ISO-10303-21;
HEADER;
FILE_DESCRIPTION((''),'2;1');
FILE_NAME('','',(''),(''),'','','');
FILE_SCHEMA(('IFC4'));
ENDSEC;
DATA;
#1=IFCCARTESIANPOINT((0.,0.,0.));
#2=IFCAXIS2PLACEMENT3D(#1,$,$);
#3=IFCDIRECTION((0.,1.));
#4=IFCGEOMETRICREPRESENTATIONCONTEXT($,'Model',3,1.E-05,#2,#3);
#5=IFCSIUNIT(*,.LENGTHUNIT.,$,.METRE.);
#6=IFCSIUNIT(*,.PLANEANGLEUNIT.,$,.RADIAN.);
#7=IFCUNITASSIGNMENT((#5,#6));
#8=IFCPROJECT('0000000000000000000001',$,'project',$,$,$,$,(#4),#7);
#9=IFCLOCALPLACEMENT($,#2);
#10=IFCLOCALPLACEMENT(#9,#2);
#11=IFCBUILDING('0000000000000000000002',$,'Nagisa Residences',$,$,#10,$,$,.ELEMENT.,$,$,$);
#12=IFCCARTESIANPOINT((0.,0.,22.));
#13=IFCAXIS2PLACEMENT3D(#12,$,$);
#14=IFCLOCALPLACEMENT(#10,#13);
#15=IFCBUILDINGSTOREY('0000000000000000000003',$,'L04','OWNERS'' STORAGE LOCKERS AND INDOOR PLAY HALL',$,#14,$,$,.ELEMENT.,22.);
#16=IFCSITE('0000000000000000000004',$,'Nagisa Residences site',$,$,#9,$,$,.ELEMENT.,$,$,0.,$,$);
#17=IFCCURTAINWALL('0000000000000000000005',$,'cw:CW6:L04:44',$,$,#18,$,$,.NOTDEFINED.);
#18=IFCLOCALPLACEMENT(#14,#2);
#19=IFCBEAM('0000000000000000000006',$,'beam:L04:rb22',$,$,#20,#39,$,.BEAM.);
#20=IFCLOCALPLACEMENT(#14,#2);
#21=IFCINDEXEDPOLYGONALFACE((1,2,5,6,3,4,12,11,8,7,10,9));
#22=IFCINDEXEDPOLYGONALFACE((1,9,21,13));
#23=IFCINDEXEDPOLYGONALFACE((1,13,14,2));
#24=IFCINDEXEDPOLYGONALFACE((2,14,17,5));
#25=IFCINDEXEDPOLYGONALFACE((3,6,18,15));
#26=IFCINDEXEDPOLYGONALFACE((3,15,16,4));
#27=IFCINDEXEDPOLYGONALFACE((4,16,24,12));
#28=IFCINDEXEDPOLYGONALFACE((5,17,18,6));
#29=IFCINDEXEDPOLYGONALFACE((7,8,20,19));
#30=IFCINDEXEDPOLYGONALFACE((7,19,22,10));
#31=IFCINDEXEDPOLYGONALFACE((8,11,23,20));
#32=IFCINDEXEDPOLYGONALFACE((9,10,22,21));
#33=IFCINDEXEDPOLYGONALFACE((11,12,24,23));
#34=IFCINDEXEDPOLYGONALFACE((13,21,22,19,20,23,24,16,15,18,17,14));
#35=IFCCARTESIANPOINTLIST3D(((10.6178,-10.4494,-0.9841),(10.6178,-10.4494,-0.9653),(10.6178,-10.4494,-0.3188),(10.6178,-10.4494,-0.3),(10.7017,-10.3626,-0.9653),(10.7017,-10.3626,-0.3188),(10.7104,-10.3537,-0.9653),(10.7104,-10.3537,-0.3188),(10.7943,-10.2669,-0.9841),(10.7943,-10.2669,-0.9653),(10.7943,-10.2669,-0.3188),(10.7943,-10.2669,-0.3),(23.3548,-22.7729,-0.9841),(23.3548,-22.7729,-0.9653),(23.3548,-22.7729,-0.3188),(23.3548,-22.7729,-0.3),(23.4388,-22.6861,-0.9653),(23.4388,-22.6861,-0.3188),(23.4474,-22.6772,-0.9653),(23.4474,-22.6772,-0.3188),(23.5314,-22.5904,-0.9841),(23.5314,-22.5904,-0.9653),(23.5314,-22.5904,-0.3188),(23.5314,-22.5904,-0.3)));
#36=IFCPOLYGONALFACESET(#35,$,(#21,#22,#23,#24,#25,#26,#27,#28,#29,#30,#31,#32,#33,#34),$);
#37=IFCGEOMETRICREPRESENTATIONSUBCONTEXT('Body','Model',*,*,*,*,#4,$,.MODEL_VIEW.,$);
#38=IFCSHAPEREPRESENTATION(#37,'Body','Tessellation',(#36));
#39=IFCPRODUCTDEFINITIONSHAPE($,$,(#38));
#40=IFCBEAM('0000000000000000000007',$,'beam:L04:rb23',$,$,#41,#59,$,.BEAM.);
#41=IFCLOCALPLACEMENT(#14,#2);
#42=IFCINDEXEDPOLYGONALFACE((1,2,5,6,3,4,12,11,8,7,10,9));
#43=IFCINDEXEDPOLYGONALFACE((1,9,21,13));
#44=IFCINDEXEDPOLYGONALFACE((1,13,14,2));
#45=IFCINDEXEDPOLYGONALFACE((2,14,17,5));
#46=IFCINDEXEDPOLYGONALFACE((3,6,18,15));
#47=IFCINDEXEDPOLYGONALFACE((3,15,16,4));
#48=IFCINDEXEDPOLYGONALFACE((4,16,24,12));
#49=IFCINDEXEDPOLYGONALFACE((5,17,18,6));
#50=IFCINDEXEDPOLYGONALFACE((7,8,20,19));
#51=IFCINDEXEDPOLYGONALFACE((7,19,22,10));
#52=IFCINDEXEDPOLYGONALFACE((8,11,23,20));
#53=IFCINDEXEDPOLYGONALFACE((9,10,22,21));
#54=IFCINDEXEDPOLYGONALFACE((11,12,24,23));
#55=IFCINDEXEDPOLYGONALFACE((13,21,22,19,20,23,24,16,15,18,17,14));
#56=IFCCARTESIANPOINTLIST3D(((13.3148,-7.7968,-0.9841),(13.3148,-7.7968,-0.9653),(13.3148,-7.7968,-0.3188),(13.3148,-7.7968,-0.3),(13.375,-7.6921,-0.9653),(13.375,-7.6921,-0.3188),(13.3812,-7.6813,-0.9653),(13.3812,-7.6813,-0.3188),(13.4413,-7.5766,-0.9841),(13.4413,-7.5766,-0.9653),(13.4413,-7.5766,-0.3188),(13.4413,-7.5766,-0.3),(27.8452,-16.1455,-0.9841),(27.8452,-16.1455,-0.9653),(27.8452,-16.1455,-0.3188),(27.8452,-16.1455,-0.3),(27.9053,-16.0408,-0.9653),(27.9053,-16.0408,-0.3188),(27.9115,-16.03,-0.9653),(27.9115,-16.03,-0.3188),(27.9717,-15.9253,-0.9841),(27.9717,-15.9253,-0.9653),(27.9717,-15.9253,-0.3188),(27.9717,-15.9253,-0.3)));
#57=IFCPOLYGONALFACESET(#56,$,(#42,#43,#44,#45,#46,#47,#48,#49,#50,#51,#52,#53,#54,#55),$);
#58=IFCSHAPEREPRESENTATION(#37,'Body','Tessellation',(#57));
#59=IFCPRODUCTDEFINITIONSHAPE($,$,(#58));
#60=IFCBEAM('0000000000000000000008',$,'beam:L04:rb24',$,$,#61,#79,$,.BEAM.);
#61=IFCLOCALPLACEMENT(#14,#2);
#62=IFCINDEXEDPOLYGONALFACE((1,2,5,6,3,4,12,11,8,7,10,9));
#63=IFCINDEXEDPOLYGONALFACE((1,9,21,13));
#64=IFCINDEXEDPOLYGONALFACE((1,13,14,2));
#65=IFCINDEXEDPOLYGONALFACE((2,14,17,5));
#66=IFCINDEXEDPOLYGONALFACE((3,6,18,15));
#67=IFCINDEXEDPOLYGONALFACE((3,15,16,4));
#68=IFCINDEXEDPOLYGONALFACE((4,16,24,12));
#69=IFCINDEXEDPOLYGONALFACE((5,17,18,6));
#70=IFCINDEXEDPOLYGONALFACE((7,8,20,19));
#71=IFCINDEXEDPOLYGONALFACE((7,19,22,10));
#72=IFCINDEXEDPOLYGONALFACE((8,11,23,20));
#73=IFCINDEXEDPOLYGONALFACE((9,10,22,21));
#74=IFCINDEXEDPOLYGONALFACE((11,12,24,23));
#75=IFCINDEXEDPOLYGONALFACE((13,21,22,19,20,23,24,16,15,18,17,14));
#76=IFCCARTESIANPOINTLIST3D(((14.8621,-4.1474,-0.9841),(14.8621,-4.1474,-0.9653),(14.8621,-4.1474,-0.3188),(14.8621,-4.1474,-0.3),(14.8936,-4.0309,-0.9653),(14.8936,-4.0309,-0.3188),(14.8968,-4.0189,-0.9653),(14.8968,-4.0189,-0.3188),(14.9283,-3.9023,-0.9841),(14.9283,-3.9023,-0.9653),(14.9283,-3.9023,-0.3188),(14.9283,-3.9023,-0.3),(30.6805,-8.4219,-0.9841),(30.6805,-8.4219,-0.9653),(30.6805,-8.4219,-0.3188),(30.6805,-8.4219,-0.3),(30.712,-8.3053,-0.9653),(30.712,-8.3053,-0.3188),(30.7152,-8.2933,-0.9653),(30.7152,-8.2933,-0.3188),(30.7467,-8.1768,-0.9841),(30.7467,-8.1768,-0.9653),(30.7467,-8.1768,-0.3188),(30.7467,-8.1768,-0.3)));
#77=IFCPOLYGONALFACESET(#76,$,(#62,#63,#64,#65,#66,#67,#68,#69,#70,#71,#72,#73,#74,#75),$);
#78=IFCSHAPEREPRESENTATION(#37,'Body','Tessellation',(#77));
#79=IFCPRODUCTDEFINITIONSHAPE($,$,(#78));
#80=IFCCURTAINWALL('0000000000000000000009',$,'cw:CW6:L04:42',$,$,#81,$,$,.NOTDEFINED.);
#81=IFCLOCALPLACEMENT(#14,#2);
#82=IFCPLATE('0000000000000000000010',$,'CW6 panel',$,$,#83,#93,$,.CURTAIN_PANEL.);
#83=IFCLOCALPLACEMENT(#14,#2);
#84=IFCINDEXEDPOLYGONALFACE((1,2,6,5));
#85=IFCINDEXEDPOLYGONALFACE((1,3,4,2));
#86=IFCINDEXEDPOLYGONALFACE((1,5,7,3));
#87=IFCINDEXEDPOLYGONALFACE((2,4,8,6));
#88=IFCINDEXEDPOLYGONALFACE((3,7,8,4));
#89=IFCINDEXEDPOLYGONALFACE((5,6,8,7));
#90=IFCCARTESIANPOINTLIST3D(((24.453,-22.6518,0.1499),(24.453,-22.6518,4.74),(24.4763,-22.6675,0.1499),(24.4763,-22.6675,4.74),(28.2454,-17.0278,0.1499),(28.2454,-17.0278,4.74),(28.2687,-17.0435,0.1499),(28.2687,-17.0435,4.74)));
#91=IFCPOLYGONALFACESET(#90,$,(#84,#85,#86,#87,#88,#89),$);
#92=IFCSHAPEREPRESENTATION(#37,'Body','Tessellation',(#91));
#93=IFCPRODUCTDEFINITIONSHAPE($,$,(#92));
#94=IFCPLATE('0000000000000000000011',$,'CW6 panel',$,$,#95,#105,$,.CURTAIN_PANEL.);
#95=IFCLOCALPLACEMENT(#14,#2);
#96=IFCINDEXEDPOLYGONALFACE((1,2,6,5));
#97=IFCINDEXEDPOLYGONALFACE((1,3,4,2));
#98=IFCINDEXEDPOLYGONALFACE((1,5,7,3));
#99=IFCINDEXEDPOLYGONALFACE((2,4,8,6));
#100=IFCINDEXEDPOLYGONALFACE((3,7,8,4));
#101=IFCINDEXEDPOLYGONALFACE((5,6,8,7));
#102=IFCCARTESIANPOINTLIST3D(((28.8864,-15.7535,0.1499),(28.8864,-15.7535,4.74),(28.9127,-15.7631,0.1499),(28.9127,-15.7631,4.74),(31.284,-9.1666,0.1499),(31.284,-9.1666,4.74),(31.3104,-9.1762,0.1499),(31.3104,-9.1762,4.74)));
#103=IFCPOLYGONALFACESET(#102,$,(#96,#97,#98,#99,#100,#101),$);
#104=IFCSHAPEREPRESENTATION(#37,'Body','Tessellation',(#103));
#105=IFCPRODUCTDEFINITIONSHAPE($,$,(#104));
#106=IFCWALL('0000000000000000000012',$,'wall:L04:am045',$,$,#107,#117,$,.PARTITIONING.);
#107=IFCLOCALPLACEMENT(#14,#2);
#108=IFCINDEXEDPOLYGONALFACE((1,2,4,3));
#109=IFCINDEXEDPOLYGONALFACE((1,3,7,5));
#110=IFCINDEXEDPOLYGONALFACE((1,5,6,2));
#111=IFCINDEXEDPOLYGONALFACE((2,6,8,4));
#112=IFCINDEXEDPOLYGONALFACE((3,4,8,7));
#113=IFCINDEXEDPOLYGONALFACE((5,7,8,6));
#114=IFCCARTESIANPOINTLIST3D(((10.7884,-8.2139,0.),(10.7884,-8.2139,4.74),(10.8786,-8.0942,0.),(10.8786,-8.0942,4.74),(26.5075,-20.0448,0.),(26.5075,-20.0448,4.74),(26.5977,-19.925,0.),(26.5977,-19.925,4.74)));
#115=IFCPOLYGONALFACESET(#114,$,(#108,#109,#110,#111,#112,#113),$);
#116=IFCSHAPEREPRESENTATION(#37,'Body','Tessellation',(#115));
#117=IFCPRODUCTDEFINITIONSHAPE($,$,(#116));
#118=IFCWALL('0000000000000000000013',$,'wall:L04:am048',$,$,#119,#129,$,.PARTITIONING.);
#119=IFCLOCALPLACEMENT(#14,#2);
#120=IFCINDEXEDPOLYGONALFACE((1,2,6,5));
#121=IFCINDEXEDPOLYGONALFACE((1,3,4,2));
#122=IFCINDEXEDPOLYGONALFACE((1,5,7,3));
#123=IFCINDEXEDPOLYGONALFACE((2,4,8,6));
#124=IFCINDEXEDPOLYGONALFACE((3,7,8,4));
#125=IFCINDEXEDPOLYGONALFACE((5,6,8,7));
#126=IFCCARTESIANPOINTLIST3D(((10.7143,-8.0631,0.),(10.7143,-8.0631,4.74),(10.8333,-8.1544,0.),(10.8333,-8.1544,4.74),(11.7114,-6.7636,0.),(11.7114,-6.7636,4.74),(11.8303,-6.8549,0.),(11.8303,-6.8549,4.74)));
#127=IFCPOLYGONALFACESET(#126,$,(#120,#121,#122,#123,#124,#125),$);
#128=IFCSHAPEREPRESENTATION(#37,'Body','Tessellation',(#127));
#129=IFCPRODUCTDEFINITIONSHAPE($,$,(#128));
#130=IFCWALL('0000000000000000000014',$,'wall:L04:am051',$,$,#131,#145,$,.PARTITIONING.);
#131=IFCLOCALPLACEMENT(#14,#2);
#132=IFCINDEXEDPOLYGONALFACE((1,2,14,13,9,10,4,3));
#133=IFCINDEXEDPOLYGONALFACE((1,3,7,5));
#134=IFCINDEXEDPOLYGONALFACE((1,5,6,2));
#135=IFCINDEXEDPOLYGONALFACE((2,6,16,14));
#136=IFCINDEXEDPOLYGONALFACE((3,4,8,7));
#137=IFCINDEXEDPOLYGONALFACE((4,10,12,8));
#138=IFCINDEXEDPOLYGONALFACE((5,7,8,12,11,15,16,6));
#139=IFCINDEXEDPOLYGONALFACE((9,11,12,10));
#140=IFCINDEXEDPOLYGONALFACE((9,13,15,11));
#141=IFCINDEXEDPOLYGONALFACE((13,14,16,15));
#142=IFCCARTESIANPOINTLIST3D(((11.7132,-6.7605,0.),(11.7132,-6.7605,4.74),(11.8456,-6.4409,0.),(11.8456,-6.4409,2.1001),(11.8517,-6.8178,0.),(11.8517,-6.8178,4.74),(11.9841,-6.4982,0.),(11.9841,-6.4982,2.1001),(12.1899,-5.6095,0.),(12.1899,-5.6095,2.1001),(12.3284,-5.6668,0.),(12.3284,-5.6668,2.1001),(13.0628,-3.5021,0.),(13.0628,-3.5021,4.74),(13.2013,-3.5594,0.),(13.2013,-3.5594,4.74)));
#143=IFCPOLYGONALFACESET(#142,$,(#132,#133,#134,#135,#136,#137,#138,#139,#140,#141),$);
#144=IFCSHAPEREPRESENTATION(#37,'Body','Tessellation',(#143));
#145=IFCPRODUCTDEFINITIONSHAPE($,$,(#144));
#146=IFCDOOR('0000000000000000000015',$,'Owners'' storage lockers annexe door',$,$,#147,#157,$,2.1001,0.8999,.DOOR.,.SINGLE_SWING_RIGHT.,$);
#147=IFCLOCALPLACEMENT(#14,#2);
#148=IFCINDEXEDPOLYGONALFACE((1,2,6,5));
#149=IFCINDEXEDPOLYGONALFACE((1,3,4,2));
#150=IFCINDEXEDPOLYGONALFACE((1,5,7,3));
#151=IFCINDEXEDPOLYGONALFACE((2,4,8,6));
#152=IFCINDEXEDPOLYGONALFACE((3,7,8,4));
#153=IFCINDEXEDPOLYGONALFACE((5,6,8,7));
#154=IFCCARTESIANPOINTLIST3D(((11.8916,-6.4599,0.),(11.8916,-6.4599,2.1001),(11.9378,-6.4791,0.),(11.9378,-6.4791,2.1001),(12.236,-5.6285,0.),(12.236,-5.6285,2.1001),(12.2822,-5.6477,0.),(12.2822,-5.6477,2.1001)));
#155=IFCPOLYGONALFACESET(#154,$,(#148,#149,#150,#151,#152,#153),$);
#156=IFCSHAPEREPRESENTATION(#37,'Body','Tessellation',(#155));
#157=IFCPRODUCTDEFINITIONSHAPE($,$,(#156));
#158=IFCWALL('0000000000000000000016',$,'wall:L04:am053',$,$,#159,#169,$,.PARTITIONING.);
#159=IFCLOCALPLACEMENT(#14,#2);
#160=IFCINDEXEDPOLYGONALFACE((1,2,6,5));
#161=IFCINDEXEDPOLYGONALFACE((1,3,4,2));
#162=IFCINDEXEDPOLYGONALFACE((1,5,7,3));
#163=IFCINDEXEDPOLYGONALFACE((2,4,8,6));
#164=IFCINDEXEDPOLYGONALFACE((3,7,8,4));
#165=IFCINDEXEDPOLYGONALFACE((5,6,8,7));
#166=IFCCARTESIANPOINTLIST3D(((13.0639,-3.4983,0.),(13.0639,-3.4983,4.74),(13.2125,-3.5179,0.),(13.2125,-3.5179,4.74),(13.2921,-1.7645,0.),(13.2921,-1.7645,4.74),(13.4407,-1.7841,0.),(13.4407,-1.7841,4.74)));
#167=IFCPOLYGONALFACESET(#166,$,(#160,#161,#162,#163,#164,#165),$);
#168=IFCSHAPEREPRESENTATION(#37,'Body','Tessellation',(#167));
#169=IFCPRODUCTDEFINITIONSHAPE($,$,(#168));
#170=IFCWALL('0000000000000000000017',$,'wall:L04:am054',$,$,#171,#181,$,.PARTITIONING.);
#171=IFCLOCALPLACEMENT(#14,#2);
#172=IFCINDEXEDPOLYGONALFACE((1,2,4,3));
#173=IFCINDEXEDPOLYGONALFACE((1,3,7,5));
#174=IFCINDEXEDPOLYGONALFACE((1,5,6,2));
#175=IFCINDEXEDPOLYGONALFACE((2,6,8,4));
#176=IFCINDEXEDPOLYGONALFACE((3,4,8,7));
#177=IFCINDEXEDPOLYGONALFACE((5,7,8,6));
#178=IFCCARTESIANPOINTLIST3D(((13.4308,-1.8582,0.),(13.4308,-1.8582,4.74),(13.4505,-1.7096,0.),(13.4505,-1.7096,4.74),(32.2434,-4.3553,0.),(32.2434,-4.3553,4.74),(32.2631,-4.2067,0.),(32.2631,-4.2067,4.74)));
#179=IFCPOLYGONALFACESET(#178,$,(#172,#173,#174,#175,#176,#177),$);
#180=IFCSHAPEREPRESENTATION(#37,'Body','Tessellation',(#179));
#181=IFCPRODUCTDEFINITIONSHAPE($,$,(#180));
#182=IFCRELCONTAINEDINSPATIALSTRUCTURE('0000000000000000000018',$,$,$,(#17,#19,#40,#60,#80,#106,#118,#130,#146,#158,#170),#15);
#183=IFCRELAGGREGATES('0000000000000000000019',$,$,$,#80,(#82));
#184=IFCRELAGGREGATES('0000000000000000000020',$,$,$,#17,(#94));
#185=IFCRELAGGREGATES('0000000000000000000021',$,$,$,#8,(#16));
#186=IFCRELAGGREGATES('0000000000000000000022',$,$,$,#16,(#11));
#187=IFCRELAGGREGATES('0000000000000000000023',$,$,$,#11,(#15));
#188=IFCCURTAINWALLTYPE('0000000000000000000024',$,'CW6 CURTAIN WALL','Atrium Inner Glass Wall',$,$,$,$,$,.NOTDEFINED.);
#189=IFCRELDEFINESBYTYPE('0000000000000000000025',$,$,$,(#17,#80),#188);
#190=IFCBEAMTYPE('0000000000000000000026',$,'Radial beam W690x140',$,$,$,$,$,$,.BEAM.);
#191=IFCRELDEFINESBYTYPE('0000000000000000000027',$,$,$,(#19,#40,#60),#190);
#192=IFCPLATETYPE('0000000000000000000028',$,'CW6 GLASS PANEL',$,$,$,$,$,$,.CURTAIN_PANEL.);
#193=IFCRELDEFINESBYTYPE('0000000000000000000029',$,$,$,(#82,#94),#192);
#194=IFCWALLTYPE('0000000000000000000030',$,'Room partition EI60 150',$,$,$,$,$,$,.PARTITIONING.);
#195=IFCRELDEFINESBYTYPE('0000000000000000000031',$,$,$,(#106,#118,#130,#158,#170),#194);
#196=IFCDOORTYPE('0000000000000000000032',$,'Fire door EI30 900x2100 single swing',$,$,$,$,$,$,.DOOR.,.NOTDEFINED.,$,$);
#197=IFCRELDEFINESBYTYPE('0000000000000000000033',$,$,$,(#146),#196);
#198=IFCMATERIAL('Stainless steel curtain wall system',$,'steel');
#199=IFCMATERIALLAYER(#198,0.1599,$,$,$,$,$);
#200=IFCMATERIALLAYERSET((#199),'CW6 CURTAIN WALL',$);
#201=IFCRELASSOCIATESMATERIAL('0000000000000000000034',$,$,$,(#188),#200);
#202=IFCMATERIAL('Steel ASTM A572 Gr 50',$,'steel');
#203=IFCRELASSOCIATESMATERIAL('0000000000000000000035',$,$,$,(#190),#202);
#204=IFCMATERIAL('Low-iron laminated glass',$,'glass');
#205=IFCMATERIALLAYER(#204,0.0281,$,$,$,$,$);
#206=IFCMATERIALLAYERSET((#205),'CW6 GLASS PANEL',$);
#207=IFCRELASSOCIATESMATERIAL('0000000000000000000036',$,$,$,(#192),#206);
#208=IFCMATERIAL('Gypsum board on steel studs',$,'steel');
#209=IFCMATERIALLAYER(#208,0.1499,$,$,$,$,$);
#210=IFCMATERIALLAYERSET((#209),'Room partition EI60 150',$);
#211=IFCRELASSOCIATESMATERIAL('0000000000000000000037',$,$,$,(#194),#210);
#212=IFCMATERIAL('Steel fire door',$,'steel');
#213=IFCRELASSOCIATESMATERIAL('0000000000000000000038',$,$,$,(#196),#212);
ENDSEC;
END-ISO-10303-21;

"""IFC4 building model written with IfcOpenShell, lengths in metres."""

from ifc_helpers import new_model, si_unit, direction, frame, frame_2d, origin, origin_2d, place, context, subcontext, project, spatial, rectangle, i_section, extrude, material, layer, layer_set, material_profile, profile_set, type_object, element, fill, aggregate, save


model = new_model("IFC4")

# Units and contexts
model_context = context("Model", 3, precision=1e-05, world=origin(), true_north=direction((0.0, 1.0)))
body_context = subcontext(model_context, "Body", "Model", "MODEL_VIEW")
ifc_project = project(units=[si_unit("LENGTHUNIT", "METRE"), si_unit("PLANEANGLEUNIT", "RADIAN")], contexts=[model_context])

# Site, building, storey
site_placement = place(None, origin())
site = spatial("IfcSite", under=ifc_project, at=site_placement, Name="Nagisa Residences site", CompositionType="ELEMENT", RefElevation=0.0)
building_placement = place(site_placement, origin())
building = spatial("IfcBuilding", under=site, at=building_placement, Name="Nagisa Residences", CompositionType="ELEMENT")
storey_placement = place(building_placement, frame((0.0, 0.0, 22.0)))
storey = spatial("IfcBuildingStorey", under=building, at=storey_placement, Name="L04", Description="OWNERS' STORAGE LOCKERS AND INDOOR PLAY HALL", CompositionType="ELEMENT", Elevation=22.0)

# Curtain wall
ifc_material_1 = material(Name="Stainless steel curtain wall system", Category="steel")
ifc_layer_1 = layer(ifc_material_1, 0.1599)
ifc_layer_set_1 = layer_set([ifc_layer_1], Name="CW6 CURTAIN WALL")
curtain_wall_type = type_object("IfcCurtainWallType", Name="CW6 CURTAIN WALL", Description="Atrium Inner Glass Wall", PredefinedType="NOTDEFINED", material=ifc_layer_set_1)
curtain_wall_1_placement = place(storey_placement, origin())
curtain_wall_1 = element("IfcCurtainWall", 1, at=curtain_wall_1_placement, inside=storey, type_object=curtain_wall_type, Name="cw:CW6:L04:44", PredefinedType="NOTDEFINED")

# Beams
ifc_material_2 = material(Name="Steel ASTM A572 Gr 50", Category="steel")
ifc_material_profile_1 = material_profile(ifc_material_2, i_section(OverallWidth=0.2539, OverallDepth=0.6841, WebThickness=0.0125, FlangeThickness=0.0188, at=origin_2d()), Name="W690x140")
ifc_profile_set_1 = profile_set([ifc_material_profile_1], Name="Steel ASTM A572 Gr 50")
beam_type_1 = type_object("IfcBeamType", Name="Radial beam W690x140", PredefinedType="BEAM", material=ifc_profile_set_1)
beam_1_placement = place(storey_placement, frame((23.4431, -22.6816, -0.6421), z_axis=(-0.718678, 0.695343, 0.0), x_axis=(-0.695343, -0.718678, 0.0)))
element("IfcBeam", 2, at=beam_1_placement, inside=storey, type_object=beam_type_1, Name="beam:L04:rb22", PredefinedType="BEAM", context=body_context, shape_type="SweptSolid", body=[
    extrude(i_section(OverallWidth=0.2539, OverallDepth=0.6841, WebThickness=0.0125, FlangeThickness=0.0188, at=origin_2d()), origin(), (0.0, 0.0, 1.0), 17.7229),
])
beam_2_placement = place(storey_placement, frame((27.9084, -16.0354, -0.6421), z_axis=(-0.867068, 0.49819, 0.0), x_axis=(-0.49819, -0.867068, 0.0)))
element("IfcBeam", 3, at=beam_2_placement, inside=storey, type_object=beam_type_1, Name="beam:L04:rb23", PredefinedType="BEAM", context=body_context, shape_type="SweptSolid", body=[
    extrude(i_section(OverallWidth=0.2539, OverallDepth=0.6841, WebThickness=0.0125, FlangeThickness=0.0188, at=origin_2d()), origin(), (0.0, 0.0, 1.0), 16.7581),
])
beam_3_placement = place(storey_placement, frame((30.7136, -8.2993, -0.6421), z_axis=(-0.965376, 0.260862, 0.0), x_axis=(-0.260862, -0.965376, 0.0)))
element("IfcBeam", 4, at=beam_3_placement, inside=storey, type_object=beam_type_1, Name="beam:L04:rb24", PredefinedType="BEAM", context=body_context, shape_type="SweptSolid", body=[
    extrude(i_section(OverallWidth=0.2539, OverallDepth=0.6841, WebThickness=0.0125, FlangeThickness=0.0188, at=origin_2d()), origin(), (0.0, 0.0, 1.0), 16.3857),
])

# Curtain wall, plate
curtain_wall_2_placement = place(storey_placement, origin())
curtain_wall_2 = element("IfcCurtainWall", 5, at=curtain_wall_2_placement, inside=storey, type_object=curtain_wall_type, Name="cw:CW6:L04:42", PredefinedType="NOTDEFINED")
ifc_material_3 = material(Name="Low-iron laminated glass", Category="glass")
ifc_layer_2 = layer(ifc_material_3, 0.0281)
ifc_layer_set_2 = layer_set([ifc_layer_2], Name="CW6 GLASS PANEL")
plate_type = type_object("IfcPlateType", Name="CW6 GLASS PANEL", PredefinedType="CURTAIN_PANEL", material=ifc_layer_set_2)
plate_1_placement = place(storey_placement, frame((26.3608, -19.8477, 0.1499), z_axis=(0.0, 0.0, 1.0), x_axis=(0.559084, 0.829111, 0.0)))
plate_1 = element("IfcPlate", 6, at=plate_1_placement, type_object=plate_type, Name="CW6 panel", PredefinedType="CURTAIN_PANEL", context=body_context, shape_type="SweptSolid", body=[
    extrude(rectangle(XDim=6.7832, YDim=0.0281, at=origin_2d()), origin(), (0.0, 0.0, 1.0), 4.5901),
])
aggregate(curtain_wall_2, [plate_1])

# Plate
plate_2_placement = place(storey_placement, frame((30.0984, -12.4648, 0.1499), z_axis=(0.0, 0.0, 1.0), x_axis=(0.34205, 0.939682, 0.0)))
plate_2 = element("IfcPlate", 7, at=plate_2_placement, type_object=plate_type, Name="CW6 panel", PredefinedType="CURTAIN_PANEL", context=body_context, shape_type="SweptSolid", body=[
    extrude(rectangle(XDim=7.0098, YDim=0.0281, at=origin_2d()), origin(), (0.0, 0.0, 1.0), 4.5901),
])
aggregate(curtain_wall_1, [plate_2])

# Walls
ifc_material_4 = material(Name="Gypsum board on steel studs", Category="steel")
ifc_layer_3 = layer(ifc_material_4, 0.1499)
ifc_layer_set_3 = layer_set([ifc_layer_3], Name="Room partition EI60 150")
wall_type = type_object("IfcWallType", Name="Room partition EI60 150", PredefinedType="PARTITIONING", material=ifc_layer_set_3)
wall_1_placement = place(storey_placement, frame((10.8335, -8.1541, 0.0), z_axis=(0.0, 0.0, 1.0), x_axis=(0.798985, -0.601351, 0.0)))
element("IfcWall", 8, at=wall_1_placement, inside=storey, type_object=wall_type, Name="wall:L04:am045", PredefinedType="PARTITIONING", context=body_context, shape_type="SweptSolid", body=[
    extrude(rectangle(XDim=19.6738, YDim=0.1499, at=frame_2d((9.8369, 0.0))), origin(), (0.0, 0.0, 1.0), 4.74),
])
wall_2_placement = place(storey_placement, frame((11.7708, -6.8093, 0.0), z_axis=(0.0, 0.0, 1.0), x_axis=(-0.608716, -0.793388, 0.0)))
element("IfcWall", 9, at=wall_2_placement, inside=storey, type_object=wall_type, Name="wall:L04:am048", PredefinedType="PARTITIONING", context=body_context, shape_type="SweptSolid", body=[
    extrude(rectangle(XDim=1.6379, YDim=0.1499, at=frame_2d((0.8188, 0.0))), origin(), (0.0, 0.0, 1.0), 4.74),
])

# Wall, opening, door
wall_3_placement = place(storey_placement, frame((13.1321, -3.5308, 0.0), z_axis=(0.0, 0.0, 1.0), x_axis=(-0.382678, -0.923882, 0.0)))
wall_3 = element("IfcWall", 10, at=wall_3_placement, inside=storey, type_object=wall_type, Name="wall:L04:am051", PredefinedType="PARTITIONING", context=body_context, shape_type="SweptSolid", body=[
    extrude(rectangle(XDim=3.5269, YDim=0.1499, at=frame_2d((1.7634, 0.0))), origin(), (0.0, 0.0, 1.0), 4.74),
])
opening_placement = place(wall_3_placement, frame((2.281, 0.0, 0.0)))
opening = element("IfcOpeningElement", 11, at=opening_placement, cuts=wall_3, PredefinedType="OPENING", context=body_context, shape_type="SweptSolid", body=[
    extrude(rectangle(XDim=0.8999, YDim=2.1001, at=frame_2d((0.45, 1.05))), frame((0.0, 0.085, 0.0), z_axis=(0.0, -1.0, 0.0), x_axis=(1.0, 0.0, 0.0)), (0.0, 0.0, 1.0), 0.1699),
])
ifc_material_5 = material(Name="Steel fire door", Category="steel")
door_type = type_object("IfcDoorType", Name="Fire door EI30 900x2100 single swing", OperationType="NOTDEFINED", PredefinedType="DOOR", material=ifc_material_5)
door_placement = place(opening_placement, origin())
door = element("IfcDoor", 12, at=door_placement, inside=storey, type_object=door_type, Name="Owners' storage lockers annexe door", OperationType="SINGLE_SWING_RIGHT", OverallHeight=2.1001, OverallWidth=0.8999, PredefinedType="DOOR", context=body_context, shape_type="SweptSolid", body=[
    extrude(rectangle(XDim=0.8999, YDim=2.1001, at=frame_2d((0.45, 1.05))), frame((0.0, 0.0249, 0.0), z_axis=(0.0, -1.0, 0.0), x_axis=(1.0, 0.0, 0.0)), (0.0, 0.0, 1.0), 0.05),
])
fill(opening, door)

# Walls
wall_4_placement = place(storey_placement, frame((13.3665, -1.7742, 0.0), z_axis=(0.0, 0.0, 1.0), x_axis=(-0.130527, -0.991445, 0.0)))
element("IfcWall", 13, at=wall_4_placement, inside=storey, type_object=wall_type, Name="wall:L04:am053", PredefinedType="PARTITIONING", context=body_context, shape_type="SweptSolid", body=[
    extrude(rectangle(XDim=1.7488, YDim=0.1499, at=frame_2d((0.8745, 0.0))), origin(), (0.0, 0.0, 1.0), 4.74),
])
wall_5_placement = place(storey_placement, frame((13.4407, -1.7839, 0.0), z_axis=(0.0, 0.0, 1.0), x_axis=(0.991305, -0.131581, 0.0)))
element("IfcWall", 14, at=wall_5_placement, inside=storey, type_object=wall_type, Name="wall:L04:am054", PredefinedType="PARTITIONING", context=body_context, shape_type="SweptSolid", body=[
    extrude(rectangle(XDim=18.9775, YDim=0.1499, at=frame_2d((9.4888, 0.0))), origin(), (0.0, 0.0, 1.0), 4.74),
])

save(model, "model.ifc")
